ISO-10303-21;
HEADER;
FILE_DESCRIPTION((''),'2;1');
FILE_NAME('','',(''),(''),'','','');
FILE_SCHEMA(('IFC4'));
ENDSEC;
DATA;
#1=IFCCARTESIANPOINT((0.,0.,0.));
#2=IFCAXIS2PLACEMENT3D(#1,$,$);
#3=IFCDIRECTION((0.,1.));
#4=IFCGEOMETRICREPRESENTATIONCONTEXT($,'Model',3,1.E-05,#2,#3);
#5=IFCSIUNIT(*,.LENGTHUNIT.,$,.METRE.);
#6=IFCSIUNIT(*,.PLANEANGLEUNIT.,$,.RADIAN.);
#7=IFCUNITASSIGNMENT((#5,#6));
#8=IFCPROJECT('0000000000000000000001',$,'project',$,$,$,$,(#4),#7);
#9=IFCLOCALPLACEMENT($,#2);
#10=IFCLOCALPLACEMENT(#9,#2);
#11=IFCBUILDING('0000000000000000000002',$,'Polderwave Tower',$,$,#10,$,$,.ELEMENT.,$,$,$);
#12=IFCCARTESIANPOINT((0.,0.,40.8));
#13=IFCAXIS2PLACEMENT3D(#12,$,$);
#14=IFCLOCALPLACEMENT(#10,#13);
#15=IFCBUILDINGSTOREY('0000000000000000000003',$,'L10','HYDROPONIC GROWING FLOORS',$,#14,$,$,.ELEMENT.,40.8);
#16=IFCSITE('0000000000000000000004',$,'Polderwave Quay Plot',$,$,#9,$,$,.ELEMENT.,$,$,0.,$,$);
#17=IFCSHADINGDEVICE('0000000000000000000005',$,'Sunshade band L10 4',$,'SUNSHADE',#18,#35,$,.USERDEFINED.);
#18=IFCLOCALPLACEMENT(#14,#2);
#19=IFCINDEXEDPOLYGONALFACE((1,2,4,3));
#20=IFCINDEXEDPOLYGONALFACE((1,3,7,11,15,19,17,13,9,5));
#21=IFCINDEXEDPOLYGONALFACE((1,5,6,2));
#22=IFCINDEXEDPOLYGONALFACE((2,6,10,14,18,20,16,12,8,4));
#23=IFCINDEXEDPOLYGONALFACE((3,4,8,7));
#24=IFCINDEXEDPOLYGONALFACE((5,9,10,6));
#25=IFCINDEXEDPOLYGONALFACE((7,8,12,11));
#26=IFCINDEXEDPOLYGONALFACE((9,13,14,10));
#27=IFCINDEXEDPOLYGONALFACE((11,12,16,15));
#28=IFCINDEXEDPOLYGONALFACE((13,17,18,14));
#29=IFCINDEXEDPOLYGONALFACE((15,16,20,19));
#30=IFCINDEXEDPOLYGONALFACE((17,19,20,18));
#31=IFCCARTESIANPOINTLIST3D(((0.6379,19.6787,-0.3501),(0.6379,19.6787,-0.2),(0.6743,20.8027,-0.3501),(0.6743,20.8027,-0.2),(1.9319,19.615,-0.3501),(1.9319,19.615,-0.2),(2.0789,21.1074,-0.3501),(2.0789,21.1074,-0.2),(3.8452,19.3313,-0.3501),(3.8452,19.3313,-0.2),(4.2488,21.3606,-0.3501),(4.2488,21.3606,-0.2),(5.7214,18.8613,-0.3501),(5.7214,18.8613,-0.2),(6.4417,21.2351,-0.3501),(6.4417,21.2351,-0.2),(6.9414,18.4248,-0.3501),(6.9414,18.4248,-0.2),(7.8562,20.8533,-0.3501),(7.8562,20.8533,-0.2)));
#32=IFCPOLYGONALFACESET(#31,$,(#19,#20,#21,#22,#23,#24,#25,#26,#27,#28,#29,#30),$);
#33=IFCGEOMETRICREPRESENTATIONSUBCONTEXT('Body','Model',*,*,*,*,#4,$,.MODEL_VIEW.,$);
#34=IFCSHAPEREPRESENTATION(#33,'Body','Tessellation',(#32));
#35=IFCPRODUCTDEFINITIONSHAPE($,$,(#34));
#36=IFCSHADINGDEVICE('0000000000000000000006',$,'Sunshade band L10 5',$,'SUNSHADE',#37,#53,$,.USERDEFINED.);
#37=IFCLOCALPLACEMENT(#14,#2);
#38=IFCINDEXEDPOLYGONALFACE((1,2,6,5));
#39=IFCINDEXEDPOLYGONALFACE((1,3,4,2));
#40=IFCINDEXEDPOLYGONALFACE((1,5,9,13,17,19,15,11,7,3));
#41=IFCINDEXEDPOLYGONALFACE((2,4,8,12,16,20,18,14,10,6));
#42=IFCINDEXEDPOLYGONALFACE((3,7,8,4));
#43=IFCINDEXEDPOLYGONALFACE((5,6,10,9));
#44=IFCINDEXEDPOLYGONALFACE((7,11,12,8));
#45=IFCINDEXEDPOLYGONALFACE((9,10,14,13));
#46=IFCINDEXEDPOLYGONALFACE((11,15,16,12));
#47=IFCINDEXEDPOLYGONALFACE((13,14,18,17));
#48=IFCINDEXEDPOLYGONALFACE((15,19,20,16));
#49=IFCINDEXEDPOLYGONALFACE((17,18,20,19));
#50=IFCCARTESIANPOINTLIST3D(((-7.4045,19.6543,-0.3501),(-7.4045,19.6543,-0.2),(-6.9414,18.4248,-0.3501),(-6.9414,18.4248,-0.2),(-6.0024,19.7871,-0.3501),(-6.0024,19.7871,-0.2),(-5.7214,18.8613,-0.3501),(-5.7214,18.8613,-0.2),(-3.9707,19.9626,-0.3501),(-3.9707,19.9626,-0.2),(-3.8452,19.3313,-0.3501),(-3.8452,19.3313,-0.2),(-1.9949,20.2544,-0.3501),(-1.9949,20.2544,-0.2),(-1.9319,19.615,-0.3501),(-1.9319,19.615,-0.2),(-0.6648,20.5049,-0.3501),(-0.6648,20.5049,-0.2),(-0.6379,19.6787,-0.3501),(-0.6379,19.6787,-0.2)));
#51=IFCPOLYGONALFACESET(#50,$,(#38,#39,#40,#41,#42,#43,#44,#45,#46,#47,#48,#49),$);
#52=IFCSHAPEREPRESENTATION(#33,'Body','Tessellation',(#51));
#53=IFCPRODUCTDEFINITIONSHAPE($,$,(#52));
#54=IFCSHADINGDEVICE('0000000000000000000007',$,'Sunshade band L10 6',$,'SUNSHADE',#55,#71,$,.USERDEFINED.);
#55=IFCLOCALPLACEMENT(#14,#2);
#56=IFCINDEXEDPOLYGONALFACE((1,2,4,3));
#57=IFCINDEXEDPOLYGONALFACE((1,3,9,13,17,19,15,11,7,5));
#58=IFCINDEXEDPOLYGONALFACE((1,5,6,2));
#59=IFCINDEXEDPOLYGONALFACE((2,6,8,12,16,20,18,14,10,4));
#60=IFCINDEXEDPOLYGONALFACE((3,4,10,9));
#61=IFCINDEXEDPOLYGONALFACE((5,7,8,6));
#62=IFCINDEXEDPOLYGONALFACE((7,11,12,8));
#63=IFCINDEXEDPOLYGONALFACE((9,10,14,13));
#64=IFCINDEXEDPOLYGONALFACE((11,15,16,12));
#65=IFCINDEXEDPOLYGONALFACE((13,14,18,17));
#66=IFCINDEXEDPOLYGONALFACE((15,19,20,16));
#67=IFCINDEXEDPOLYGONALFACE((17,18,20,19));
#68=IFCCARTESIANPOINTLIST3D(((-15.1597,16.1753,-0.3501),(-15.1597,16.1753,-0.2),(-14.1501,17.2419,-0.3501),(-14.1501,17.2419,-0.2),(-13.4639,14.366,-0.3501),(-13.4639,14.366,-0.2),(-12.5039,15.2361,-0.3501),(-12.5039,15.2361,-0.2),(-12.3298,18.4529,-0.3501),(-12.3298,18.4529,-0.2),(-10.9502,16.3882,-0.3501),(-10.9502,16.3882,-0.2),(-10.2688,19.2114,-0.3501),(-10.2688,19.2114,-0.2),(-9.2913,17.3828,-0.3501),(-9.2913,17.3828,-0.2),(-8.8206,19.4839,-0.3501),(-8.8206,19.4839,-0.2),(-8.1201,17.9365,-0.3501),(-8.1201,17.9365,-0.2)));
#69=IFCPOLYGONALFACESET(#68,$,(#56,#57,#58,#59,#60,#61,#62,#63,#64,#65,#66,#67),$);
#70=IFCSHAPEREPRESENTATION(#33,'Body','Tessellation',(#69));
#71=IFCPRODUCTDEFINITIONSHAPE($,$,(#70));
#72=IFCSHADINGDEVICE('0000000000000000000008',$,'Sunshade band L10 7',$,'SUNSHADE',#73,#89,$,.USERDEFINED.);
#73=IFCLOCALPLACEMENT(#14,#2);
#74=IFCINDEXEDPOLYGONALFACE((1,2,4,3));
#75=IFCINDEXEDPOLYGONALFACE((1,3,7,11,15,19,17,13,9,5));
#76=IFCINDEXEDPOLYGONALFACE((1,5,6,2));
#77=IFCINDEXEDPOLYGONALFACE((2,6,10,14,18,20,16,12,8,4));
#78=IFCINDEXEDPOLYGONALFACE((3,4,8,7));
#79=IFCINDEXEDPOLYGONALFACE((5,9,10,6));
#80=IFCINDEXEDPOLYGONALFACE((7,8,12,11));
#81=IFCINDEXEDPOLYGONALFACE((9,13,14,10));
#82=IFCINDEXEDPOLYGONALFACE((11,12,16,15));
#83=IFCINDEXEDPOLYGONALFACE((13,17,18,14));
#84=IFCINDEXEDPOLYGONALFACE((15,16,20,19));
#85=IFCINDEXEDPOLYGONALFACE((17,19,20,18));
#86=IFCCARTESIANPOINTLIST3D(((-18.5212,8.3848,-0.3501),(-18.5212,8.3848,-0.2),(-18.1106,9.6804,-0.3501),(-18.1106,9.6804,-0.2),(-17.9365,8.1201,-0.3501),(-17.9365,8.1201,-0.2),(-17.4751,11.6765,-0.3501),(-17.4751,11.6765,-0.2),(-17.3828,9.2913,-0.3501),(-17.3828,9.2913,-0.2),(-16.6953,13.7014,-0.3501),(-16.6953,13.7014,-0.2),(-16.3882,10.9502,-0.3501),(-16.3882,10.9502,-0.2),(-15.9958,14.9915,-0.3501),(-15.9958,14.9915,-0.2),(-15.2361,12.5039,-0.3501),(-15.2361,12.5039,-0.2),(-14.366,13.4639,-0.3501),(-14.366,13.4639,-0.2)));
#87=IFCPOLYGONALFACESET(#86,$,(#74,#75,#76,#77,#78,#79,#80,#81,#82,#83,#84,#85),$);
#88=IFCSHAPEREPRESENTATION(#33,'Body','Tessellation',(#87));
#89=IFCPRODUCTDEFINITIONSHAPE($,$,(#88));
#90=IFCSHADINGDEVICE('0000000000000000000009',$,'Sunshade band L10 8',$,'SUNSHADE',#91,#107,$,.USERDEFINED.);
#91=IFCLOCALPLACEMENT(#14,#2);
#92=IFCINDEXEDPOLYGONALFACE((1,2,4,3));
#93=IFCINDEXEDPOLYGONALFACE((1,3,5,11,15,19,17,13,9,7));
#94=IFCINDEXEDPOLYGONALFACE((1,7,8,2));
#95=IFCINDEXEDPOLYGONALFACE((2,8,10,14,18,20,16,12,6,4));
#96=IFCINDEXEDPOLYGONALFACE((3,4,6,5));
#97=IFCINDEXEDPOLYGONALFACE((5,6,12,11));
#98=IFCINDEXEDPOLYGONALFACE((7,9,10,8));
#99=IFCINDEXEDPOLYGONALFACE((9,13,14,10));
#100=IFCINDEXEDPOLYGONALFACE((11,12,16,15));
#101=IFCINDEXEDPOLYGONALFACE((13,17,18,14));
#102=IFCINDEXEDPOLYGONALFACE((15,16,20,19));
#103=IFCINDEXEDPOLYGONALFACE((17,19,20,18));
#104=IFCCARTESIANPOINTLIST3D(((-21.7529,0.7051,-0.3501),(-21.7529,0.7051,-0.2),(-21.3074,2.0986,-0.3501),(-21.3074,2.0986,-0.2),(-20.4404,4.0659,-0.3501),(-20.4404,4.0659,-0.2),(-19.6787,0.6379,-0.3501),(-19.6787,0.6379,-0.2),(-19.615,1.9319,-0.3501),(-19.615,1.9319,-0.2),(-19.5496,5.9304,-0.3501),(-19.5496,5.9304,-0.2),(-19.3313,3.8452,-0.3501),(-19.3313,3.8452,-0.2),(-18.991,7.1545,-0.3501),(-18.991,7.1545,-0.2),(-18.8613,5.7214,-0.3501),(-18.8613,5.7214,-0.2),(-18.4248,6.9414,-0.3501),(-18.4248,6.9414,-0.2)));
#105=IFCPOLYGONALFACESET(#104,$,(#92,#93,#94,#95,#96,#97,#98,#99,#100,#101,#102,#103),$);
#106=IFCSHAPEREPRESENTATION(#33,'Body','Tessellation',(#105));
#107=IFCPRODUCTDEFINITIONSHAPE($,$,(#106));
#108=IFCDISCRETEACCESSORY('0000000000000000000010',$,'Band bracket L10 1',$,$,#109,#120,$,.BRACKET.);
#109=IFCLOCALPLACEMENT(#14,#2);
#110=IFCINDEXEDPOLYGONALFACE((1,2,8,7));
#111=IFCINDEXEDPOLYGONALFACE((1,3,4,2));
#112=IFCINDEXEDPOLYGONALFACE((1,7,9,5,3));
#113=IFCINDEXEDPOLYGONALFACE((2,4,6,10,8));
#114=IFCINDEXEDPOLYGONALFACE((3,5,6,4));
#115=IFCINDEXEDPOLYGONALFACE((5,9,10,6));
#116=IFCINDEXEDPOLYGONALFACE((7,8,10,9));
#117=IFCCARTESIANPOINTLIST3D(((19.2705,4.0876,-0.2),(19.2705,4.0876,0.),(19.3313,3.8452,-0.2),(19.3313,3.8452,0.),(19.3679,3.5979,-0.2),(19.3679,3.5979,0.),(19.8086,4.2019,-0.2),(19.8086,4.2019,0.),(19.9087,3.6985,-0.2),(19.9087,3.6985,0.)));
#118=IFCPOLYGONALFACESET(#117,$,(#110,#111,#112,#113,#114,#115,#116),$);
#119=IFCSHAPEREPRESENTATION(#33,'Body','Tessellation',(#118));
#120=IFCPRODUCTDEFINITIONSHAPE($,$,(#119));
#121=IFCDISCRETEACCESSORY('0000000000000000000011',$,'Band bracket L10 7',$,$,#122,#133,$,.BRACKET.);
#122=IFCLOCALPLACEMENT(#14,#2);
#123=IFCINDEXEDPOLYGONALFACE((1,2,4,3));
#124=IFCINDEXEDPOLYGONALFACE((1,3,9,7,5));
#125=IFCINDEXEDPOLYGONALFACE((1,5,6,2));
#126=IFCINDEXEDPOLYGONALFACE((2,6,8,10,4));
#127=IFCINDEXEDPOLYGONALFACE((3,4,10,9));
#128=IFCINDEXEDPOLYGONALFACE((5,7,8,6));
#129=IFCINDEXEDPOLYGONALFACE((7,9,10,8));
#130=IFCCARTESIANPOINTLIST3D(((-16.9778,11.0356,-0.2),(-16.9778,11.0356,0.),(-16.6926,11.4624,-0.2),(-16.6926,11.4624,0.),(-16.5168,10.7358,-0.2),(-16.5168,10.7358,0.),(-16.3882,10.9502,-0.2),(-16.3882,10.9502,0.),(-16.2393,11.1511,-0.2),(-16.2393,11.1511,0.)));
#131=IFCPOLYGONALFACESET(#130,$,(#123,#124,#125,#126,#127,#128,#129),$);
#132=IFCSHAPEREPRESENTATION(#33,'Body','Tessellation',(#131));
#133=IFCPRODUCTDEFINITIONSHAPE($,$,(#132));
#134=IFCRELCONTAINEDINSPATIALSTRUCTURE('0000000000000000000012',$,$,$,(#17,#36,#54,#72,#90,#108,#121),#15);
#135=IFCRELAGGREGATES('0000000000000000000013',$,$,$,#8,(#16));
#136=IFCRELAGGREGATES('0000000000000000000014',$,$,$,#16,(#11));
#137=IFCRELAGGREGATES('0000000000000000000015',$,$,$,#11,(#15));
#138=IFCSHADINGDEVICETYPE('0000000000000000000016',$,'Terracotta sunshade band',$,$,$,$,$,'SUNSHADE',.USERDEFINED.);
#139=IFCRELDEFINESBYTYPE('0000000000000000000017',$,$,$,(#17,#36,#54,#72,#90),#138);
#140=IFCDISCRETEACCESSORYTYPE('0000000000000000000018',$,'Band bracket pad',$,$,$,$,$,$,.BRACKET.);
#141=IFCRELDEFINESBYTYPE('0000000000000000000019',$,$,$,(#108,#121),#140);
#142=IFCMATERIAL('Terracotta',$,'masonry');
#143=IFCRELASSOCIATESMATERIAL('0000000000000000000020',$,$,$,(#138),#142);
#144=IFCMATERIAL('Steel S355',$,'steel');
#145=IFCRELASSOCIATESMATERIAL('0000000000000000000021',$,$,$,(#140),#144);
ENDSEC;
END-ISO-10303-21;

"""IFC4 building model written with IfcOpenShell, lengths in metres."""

from ifc_helpers import new_model, si_unit, direction, frame, origin, place, context, subcontext, project, spatial, polyline, outline, extrude, material, type_object, element, save


model = new_model("IFC4")

# Units and contexts
model_context = context("Model", 3, precision=1e-05, world=origin(), true_north=direction((0.0, 1.0)))
body_context = subcontext(model_context, "Body", "Model", "MODEL_VIEW")
ifc_project = project(units=[si_unit("LENGTHUNIT", "METRE"), si_unit("PLANEANGLEUNIT", "RADIAN")], contexts=[model_context])

# Site, building, storey
site_placement = place(None, origin())
site = spatial("IfcSite", under=ifc_project, at=site_placement, Name="Polderwave Quay Plot", CompositionType="ELEMENT", RefElevation=0.0)
building_placement = place(site_placement, origin())
building = spatial("IfcBuilding", under=site, at=building_placement, Name="Polderwave Tower", CompositionType="ELEMENT")
storey_placement = place(building_placement, frame((0.0, 0.0, 40.8)))
storey = spatial("IfcBuildingStorey", under=building, at=storey_placement, Name="L10", Description="HYDROPONIC GROWING FLOORS", CompositionType="ELEMENT", Elevation=40.8)

# Shading devices
ifc_material_1 = material(Name="Terracotta", Category="masonry")
shading_device_type = type_object("IfcShadingDeviceType", Name="Terracotta sunshade band", ElementType="SUNSHADE", PredefinedType="USERDEFINED", material=ifc_material_1)
shading_device_1_placement = place(storey_placement, frame((0.0, 0.0, -0.3501)))
element("IfcShadingDevice", 1, at=shading_device_1_placement, inside=storey, type_object=shading_device_type, Name="Sunshade band L10 4", ObjectType="SUNSHADE", PredefinedType="USERDEFINED", context=body_context, shape_type="SweptSolid", body=[
    extrude(outline(polyline([(6.9414, 18.4248), (5.7214, 18.8613), (3.8452, 19.3313), (1.9319, 19.615), (0.6379, 19.6787), (0.6743, 20.8027), (2.0789, 21.1074), (4.2488, 21.3606), (6.4417, 21.2351), (7.8562, 20.8533), (6.9414, 18.4248)])), origin(), (0.0, 0.0, 1.0), 0.1501),
])
shading_device_2_placement = place(storey_placement, frame((0.0, 0.0, -0.3501)))
element("IfcShadingDevice", 2, at=shading_device_2_placement, inside=storey, type_object=shading_device_type, Name="Sunshade band L10 5", ObjectType="SUNSHADE", PredefinedType="USERDEFINED", context=body_context, shape_type="SweptSolid", body=[
    extrude(outline(polyline([(-0.6379, 19.6787), (-1.9319, 19.615), (-3.8452, 19.3313), (-5.7214, 18.8613), (-6.9414, 18.4248), (-7.4045, 19.6543), (-6.0024, 19.7871), (-3.9707, 19.9626), (-1.9949, 20.2544), (-0.6648, 20.5049), (-0.6379, 19.6787)])), origin(), (0.0, 0.0, 1.0), 0.1501),
])
shading_device_3_placement = place(storey_placement, frame((0.0, 0.0, -0.3501)))
element("IfcShadingDevice", 3, at=shading_device_3_placement, inside=storey, type_object=shading_device_type, Name="Sunshade band L10 6", ObjectType="SUNSHADE", PredefinedType="USERDEFINED", context=body_context, shape_type="SweptSolid", body=[
    extrude(outline(polyline([(-8.1201, 17.9365), (-9.2913, 17.3828), (-10.9502, 16.3882), (-12.5039, 15.2361), (-13.4639, 14.366), (-15.1597, 16.1753), (-14.1501, 17.2419), (-12.3298, 18.4529), (-10.2688, 19.2114), (-8.8206, 19.4839), (-8.1201, 17.9365)])), origin(), (0.0, 0.0, 1.0), 0.1501),
])
shading_device_4_placement = place(storey_placement, frame((0.0, 0.0, -0.3501)))
element("IfcShadingDevice", 4, at=shading_device_4_placement, inside=storey, type_object=shading_device_type, Name="Sunshade band L10 7", ObjectType="SUNSHADE", PredefinedType="USERDEFINED", context=body_context, shape_type="SweptSolid", body=[
    extrude(outline(polyline([(-14.366, 13.4639), (-15.2361, 12.5039), (-16.3882, 10.9502), (-17.3828, 9.2913), (-17.9365, 8.1201), (-18.5212, 8.3848), (-18.1106, 9.6804), (-17.4751, 11.6765), (-16.6953, 13.7014), (-15.9958, 14.9915), (-14.366, 13.4639)])), origin(), (0.0, 0.0, 1.0), 0.1501),
])
shading_device_5_placement = place(storey_placement, frame((0.0, 0.0, -0.3501)))
element("IfcShadingDevice", 5, at=shading_device_5_placement, inside=storey, type_object=shading_device_type, Name="Sunshade band L10 8", ObjectType="SUNSHADE", PredefinedType="USERDEFINED", context=body_context, shape_type="SweptSolid", body=[
    extrude(outline(polyline([(-18.4248, 6.9414), (-18.8613, 5.7214), (-19.3313, 3.8452), (-19.615, 1.9319), (-19.6787, 0.6379), (-21.7529, 0.7051), (-21.3074, 2.0986), (-20.4404, 4.0659), (-19.5496, 5.9304), (-18.991, 7.1545), (-18.4248, 6.9414)])), origin(), (0.0, 0.0, 1.0), 0.1501),
])

# Discrete accessories
ifc_material_2 = material(Name="Steel S355", Category="steel")
discrete_accessory_type = type_object("IfcDiscreteAccessoryType", Name="Band bracket pad", PredefinedType="BRACKET", material=ifc_material_2)
discrete_accessory_1_placement = place(storey_placement, frame((0.0, 0.0, -0.2)))
element("IfcDiscreteAccessory", 6, at=discrete_accessory_1_placement, inside=storey, type_object=discrete_accessory_type, Name="Band bracket L10 1", PredefinedType="BRACKET", context=body_context, shape_type="SweptSolid", body=[
    extrude(outline(polyline([(19.3679, 3.5979), (19.3313, 3.8452), (19.2705, 4.0876), (19.8086, 4.2019), (19.9087, 3.6985), (19.3679, 3.5979)])), origin(), (0.0, 0.0, 1.0), 0.2),
])
discrete_accessory_2_placement = place(storey_placement, frame((0.0, 0.0, -0.2)))
element("IfcDiscreteAccessory", 7, at=discrete_accessory_2_placement, inside=storey, type_object=discrete_accessory_type, Name="Band bracket L10 7", PredefinedType="BRACKET", context=body_context, shape_type="SweptSolid", body=[
    extrude(outline(polyline([(-16.2393, 11.1511), (-16.3882, 10.9502), (-16.5168, 10.7358), (-16.9778, 11.0356), (-16.6926, 11.4624), (-16.2393, 11.1511)])), origin(), (0.0, 0.0, 1.0), 0.2),
])

save(model, "model.ifc")
